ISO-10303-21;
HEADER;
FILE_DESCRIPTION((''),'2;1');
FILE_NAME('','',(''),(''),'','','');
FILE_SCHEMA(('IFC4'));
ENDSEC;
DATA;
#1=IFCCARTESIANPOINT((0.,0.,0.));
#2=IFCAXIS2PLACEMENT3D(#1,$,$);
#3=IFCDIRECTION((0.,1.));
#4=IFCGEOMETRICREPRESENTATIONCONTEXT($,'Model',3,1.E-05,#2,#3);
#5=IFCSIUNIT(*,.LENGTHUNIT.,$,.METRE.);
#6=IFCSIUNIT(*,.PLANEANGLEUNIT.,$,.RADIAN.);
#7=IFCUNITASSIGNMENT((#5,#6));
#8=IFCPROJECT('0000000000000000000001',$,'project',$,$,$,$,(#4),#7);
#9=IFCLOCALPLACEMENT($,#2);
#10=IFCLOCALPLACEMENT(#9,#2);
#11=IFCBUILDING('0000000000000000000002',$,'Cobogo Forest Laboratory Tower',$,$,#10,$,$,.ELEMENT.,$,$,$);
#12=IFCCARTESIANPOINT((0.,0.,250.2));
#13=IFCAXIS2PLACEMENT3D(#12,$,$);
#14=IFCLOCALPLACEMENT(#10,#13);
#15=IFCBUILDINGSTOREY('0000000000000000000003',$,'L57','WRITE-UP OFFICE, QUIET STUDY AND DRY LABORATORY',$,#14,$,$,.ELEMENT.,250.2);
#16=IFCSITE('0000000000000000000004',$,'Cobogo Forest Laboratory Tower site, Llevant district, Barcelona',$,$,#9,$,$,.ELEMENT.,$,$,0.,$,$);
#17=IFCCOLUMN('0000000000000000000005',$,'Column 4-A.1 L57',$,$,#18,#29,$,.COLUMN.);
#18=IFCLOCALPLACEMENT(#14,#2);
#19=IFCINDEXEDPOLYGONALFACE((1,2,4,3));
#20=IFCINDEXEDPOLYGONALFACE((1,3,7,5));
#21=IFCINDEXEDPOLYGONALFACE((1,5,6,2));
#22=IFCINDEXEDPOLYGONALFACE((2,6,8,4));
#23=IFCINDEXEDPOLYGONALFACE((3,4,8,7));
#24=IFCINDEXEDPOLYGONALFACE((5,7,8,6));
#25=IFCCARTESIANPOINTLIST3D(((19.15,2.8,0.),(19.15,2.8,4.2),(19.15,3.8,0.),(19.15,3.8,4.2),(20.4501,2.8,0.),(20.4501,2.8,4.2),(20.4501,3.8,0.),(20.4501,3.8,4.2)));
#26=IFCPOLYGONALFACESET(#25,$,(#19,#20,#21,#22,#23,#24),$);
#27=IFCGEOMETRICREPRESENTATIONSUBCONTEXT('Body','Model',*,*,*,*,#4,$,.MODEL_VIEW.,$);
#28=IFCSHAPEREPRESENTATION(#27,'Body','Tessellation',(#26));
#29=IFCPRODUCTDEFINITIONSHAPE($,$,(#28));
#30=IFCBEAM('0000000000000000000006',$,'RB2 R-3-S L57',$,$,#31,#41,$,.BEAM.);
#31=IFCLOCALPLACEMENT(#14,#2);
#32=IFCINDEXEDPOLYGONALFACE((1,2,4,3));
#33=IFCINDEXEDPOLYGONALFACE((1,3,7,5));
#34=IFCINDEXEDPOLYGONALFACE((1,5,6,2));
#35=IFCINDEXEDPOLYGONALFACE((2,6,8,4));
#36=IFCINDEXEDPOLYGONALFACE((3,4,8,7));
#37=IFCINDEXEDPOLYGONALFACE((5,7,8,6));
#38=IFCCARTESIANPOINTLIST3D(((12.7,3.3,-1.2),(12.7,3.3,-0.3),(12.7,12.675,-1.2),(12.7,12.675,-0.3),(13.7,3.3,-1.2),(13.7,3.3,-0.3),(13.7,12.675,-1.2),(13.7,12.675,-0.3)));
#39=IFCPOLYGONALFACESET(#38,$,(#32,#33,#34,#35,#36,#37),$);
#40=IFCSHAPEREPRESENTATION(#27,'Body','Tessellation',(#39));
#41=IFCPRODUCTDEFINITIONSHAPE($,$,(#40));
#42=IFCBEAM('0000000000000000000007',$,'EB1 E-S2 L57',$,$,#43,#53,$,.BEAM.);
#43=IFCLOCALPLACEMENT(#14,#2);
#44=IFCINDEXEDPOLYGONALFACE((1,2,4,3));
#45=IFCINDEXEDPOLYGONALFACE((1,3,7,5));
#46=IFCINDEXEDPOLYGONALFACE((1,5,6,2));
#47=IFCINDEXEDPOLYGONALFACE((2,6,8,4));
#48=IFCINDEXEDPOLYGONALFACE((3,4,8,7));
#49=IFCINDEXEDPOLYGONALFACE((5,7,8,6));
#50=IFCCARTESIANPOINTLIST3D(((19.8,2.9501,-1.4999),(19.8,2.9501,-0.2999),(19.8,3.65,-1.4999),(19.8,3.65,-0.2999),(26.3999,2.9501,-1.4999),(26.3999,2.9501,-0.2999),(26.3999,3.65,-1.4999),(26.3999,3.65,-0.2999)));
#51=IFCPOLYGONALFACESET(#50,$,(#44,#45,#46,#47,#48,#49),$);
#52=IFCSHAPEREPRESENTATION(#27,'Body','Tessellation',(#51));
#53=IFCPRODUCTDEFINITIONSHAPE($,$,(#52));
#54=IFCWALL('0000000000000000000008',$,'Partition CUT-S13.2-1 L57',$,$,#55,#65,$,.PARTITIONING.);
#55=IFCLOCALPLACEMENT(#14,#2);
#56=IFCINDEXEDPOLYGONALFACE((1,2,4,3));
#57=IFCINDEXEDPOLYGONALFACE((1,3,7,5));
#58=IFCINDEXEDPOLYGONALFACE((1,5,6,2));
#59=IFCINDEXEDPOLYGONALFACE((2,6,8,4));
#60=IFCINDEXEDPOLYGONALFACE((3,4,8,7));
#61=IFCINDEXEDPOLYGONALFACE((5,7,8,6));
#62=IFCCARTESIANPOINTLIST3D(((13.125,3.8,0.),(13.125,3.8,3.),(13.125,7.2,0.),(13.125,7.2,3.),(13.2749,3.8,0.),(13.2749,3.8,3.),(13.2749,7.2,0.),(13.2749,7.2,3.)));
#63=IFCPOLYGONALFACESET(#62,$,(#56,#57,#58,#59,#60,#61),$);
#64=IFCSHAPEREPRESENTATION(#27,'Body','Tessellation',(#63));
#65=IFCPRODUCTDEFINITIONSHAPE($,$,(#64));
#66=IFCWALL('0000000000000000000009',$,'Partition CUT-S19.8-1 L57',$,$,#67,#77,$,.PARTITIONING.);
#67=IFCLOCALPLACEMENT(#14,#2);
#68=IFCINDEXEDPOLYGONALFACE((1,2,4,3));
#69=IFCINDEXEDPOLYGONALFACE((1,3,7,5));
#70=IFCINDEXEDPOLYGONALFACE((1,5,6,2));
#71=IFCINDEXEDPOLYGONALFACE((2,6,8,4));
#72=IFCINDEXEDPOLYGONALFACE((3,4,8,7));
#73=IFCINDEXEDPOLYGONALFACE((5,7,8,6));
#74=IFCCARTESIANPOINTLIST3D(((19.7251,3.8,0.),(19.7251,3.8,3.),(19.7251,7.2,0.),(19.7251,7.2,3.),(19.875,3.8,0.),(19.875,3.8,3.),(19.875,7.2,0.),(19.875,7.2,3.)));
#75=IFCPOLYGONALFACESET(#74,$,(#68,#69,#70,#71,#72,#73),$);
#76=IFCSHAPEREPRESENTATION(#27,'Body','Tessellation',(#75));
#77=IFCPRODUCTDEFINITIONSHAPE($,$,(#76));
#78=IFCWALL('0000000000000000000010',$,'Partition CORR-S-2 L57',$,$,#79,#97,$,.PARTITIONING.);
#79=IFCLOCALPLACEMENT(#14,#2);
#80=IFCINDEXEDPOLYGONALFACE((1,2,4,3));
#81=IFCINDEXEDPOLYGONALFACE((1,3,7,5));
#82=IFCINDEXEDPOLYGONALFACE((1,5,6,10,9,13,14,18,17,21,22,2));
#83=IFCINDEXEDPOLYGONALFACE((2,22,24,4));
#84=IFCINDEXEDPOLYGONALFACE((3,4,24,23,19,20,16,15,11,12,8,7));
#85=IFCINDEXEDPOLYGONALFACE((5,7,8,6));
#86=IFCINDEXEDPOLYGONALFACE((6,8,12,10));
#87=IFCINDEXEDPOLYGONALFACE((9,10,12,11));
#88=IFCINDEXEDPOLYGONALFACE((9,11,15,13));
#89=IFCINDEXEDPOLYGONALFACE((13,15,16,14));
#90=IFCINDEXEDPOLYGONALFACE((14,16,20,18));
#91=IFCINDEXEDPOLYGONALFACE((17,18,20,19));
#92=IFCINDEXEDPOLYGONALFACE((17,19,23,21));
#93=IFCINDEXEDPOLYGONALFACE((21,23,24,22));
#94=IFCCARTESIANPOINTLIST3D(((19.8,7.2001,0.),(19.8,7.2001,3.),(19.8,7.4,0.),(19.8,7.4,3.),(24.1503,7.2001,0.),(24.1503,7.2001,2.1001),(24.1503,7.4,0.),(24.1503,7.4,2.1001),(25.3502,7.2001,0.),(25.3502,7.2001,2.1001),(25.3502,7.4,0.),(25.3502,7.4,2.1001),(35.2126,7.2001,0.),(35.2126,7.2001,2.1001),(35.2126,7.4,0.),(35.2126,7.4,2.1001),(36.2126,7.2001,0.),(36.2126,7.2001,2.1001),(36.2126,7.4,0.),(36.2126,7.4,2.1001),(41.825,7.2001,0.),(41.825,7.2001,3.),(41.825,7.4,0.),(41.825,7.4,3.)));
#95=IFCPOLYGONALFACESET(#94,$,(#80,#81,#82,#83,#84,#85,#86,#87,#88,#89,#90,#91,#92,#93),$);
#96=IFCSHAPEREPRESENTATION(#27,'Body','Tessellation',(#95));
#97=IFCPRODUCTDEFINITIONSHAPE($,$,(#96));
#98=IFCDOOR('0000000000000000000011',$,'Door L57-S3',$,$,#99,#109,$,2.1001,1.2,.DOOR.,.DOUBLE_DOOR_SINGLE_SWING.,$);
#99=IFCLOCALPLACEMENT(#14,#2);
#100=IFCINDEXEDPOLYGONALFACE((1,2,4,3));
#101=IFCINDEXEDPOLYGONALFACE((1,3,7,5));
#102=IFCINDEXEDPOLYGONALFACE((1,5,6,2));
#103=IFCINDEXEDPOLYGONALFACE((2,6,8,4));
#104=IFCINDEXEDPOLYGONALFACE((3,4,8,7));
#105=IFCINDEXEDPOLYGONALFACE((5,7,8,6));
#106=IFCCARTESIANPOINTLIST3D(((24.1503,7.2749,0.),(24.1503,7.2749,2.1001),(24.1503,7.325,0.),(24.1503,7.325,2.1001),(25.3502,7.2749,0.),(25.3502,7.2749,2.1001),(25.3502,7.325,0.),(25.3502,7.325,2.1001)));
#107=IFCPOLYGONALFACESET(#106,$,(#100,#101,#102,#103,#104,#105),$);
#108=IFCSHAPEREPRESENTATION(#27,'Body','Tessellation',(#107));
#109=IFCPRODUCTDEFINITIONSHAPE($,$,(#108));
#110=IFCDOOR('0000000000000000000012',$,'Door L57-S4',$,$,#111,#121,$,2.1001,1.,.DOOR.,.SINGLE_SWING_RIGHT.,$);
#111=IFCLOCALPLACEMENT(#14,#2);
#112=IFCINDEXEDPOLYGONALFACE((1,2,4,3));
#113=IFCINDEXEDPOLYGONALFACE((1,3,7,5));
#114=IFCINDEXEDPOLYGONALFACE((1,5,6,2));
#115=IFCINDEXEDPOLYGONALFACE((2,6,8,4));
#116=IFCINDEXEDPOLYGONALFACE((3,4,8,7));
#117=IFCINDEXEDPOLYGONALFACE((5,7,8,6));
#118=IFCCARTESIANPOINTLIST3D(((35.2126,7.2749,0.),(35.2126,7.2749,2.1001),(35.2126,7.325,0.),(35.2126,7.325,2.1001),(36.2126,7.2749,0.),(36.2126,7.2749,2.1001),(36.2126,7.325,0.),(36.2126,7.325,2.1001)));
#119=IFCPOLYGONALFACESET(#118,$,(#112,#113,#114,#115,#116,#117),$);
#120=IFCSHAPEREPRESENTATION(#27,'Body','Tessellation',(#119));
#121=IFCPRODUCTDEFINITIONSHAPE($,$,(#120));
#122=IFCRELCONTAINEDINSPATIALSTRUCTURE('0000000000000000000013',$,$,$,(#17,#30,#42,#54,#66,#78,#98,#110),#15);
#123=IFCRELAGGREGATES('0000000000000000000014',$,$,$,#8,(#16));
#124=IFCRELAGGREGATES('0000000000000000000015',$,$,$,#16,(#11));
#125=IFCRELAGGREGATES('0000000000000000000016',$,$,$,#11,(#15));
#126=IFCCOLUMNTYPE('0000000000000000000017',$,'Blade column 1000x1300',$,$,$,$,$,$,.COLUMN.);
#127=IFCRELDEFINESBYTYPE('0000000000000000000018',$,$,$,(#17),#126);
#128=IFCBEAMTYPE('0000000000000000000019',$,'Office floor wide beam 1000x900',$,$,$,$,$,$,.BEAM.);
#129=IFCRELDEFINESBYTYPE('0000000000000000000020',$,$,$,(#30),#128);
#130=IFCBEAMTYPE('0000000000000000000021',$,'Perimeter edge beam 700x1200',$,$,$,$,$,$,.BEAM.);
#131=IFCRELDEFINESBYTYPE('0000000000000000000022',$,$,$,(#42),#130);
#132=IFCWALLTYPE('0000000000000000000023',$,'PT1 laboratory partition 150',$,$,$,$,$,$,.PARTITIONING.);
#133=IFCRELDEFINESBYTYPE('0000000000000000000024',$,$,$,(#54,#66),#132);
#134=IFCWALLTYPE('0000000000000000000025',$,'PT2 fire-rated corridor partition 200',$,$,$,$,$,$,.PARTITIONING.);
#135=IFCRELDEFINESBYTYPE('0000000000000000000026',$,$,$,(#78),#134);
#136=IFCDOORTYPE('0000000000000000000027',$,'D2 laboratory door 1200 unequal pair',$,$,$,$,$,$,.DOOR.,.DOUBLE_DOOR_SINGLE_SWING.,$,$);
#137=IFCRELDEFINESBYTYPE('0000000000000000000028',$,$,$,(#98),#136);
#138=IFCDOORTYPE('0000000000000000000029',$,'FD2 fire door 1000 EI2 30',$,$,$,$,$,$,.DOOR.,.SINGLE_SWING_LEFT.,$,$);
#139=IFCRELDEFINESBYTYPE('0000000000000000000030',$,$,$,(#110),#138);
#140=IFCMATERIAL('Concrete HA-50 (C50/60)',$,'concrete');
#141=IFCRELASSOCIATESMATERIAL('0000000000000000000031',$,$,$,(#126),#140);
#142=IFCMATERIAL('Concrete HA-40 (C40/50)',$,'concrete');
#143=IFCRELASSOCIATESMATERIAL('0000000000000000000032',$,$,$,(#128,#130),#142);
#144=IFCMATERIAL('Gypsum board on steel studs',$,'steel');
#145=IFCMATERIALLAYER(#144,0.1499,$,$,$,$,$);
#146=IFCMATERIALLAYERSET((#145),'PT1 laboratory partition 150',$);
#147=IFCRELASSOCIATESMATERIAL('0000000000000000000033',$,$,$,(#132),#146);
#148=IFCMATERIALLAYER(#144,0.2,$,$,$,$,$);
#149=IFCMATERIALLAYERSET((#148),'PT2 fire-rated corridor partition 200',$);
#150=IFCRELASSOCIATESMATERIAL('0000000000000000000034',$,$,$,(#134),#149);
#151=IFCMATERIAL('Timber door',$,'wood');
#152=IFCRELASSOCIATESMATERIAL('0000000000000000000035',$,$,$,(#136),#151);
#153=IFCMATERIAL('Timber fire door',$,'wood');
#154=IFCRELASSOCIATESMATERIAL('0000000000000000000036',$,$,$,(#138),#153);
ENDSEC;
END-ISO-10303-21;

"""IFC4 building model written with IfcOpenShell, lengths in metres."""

from ifc_helpers import new_model, si_unit, direction, frame, frame_2d, origin, origin_2d, place, context, subcontext, project, spatial, rectangle, extrude, material, layer, layer_set, material_profile, profile_set, type_object, element, fill, save


model = new_model("IFC4")

# Units and contexts
model_context = context("Model", 3, precision=1e-05, world=origin(), true_north=direction((0.0, 1.0)))
body_context = subcontext(model_context, "Body", "Model", "MODEL_VIEW")
ifc_project = project(units=[si_unit("LENGTHUNIT", "METRE"), si_unit("PLANEANGLEUNIT", "RADIAN")], contexts=[model_context])

# Site, building, storey
site_placement = place(None, origin())
site = spatial("IfcSite", under=ifc_project, at=site_placement, Name="Cobogo Forest Laboratory Tower site, Llevant district, Barcelona", CompositionType="ELEMENT", RefElevation=0.0)
building_placement = place(site_placement, origin())
building = spatial("IfcBuilding", under=site, at=building_placement, Name="Cobogo Forest Laboratory Tower", CompositionType="ELEMENT")
storey_placement = place(building_placement, frame((0.0, 0.0, 250.2)))
storey = spatial("IfcBuildingStorey", under=building, at=storey_placement, Name="L57", Description="WRITE-UP OFFICE, QUIET STUDY AND DRY LABORATORY", CompositionType="ELEMENT", Elevation=250.2)

# Column
ifc_material_1 = material(Name="Concrete HA-50 (C50/60)", Category="concrete")
ifc_material_profile_1 = material_profile(ifc_material_1, rectangle(XDim=1.3, YDim=1.0, at=origin_2d()), Name="RC 1000x1300")
ifc_profile_set_1 = profile_set([ifc_material_profile_1], Name="Concrete HA-50 (C50/60)")
column_type = type_object("IfcColumnType", Name="Blade column 1000x1300", PredefinedType="COLUMN", material=ifc_profile_set_1)
column_placement = place(storey_placement, frame((19.8, 3.3, 0.0), z_axis=(0.0, 0.0, 1.0), x_axis=(1.0, 0.0, 0.0)))
element("IfcColumn", 1, at=column_placement, inside=storey, type_object=column_type, Name="Column 4-A.1 L57", PredefinedType="COLUMN", context=body_context, shape_type="SweptSolid", body=[
    extrude(rectangle(XDim=1.3, YDim=1.0, at=origin_2d()), origin(), (0.0, 0.0, 1.0), 4.2),
])

# Beams
ifc_material_2 = material(Name="Concrete HA-40 (C40/50)", Category="concrete")
ifc_material_profile_2 = material_profile(ifc_material_2, rectangle(XDim=1.0, YDim=0.8999, at=origin_2d()), Name="RC 1000x900")
ifc_profile_set_2 = profile_set([ifc_material_profile_2], Name="Concrete HA-40 (C40/50)")
beam_type_1 = type_object("IfcBeamType", Name="Office floor wide beam 1000x900", PredefinedType="BEAM", material=ifc_profile_set_2)
beam_1_placement = place(storey_placement, frame((13.2, 12.675, -0.75), z_axis=(0.0, -1.0, 0.0), x_axis=(1.0, 0.0, 0.0)))
element("IfcBeam", 2, at=beam_1_placement, inside=storey, type_object=beam_type_1, Name="RB2 R-3-S L57", PredefinedType="BEAM", context=body_context, shape_type="SweptSolid", body=[
    extrude(rectangle(XDim=1.0, YDim=0.8999, at=origin_2d()), origin(), (0.0, 0.0, 1.0), 9.375),
])
ifc_material_profile_3 = material_profile(ifc_material_2, rectangle(XDim=0.7, YDim=1.2, at=origin_2d()), Name="RC 700x1200")
ifc_profile_set_3 = profile_set([ifc_material_profile_3], Name="Concrete HA-40 (C40/50)")
beam_type_2 = type_object("IfcBeamType", Name="Perimeter edge beam 700x1200", PredefinedType="BEAM", material=ifc_profile_set_3)
beam_2_placement = place(storey_placement, frame((19.8, 3.3, -0.8999), z_axis=(1.0, 0.0, 0.0), x_axis=(0.0, 1.0, 0.0)))
element("IfcBeam", 3, at=beam_2_placement, inside=storey, type_object=beam_type_2, Name="EB1 E-S2 L57", PredefinedType="BEAM", context=body_context, shape_type="SweptSolid", body=[
    extrude(rectangle(XDim=0.7, YDim=1.2, at=origin_2d()), origin(), (0.0, 0.0, 1.0), 6.5999),
])

# Walls
ifc_material_3 = material(Name="Gypsum board on steel studs", Category="steel")
ifc_layer_1 = layer(ifc_material_3, 0.1499)
ifc_layer_set_1 = layer_set([ifc_layer_1], Name="PT1 laboratory partition 150")
wall_type_1 = type_object("IfcWallType", Name="PT1 laboratory partition 150", PredefinedType="PARTITIONING", material=ifc_layer_set_1)
for number, where, z_axis, x_axis, name in (
    (4, (13.2, 3.8, 0.0), (0.0, 0.0, 1.0), (0.0, 1.0, 0.0), "Partition CUT-S13.2-1 L57"),
    (5, (19.8, 3.8, 0.0), (0.0, 0.0, 1.0), (0.0, 1.0, 0.0), "Partition CUT-S19.8-1 L57"),
):
    element("IfcWall", number, at=place(storey_placement, frame(where, z_axis=z_axis, x_axis=x_axis)), inside=storey, type_object=wall_type_1, Name=name, PredefinedType="PARTITIONING", context=body_context, shape_type="SweptSolid", body=[
        extrude(rectangle(XDim=3.3999, YDim=0.1499, at=frame_2d((1.7, 0.0))), origin(), (0.0, 0.0, 1.0), 3.0),
    ])

# Wall, openings, doors
ifc_layer_2 = layer(ifc_material_3, 0.2)
ifc_layer_set_2 = layer_set([ifc_layer_2], Name="PT2 fire-rated corridor partition 200")
wall_type_2 = type_object("IfcWallType", Name="PT2 fire-rated corridor partition 200", PredefinedType="PARTITIONING", material=ifc_layer_set_2)
wall_placement = place(storey_placement, frame((19.8, 7.3, 0.0), z_axis=(0.0, 0.0, 1.0), x_axis=(1.0, 0.0, 0.0)))
wall = element("IfcWall", 6, at=wall_placement, inside=storey, type_object=wall_type_2, Name="Partition CORR-S-2 L57", PredefinedType="PARTITIONING", context=body_context, shape_type="SweptSolid", body=[
    extrude(rectangle(XDim=22.0249, YDim=0.2, at=frame_2d((11.0125, 0.0))), origin(), (0.0, 0.0, 1.0), 3.0),
])
opening_1_placement = place(wall_placement, frame((4.3501, 0.0, 0.0)))
opening_1 = element("IfcOpeningElement", 7, at=opening_1_placement, cuts=wall, PredefinedType="OPENING", context=body_context, shape_type="SweptSolid", body=[
    extrude(rectangle(XDim=1.2, YDim=2.1001, at=frame_2d((0.6001, 1.05))), frame((0.0, 0.1099, 0.0), z_axis=(0.0, -1.0, 0.0), x_axis=(1.0, 0.0, 0.0)), (0.0, 0.0, 1.0), 0.22),
])
opening_2_placement = place(wall_placement, frame((15.4126, 0.0, 0.0)))
opening_2 = element("IfcOpeningElement", 8, at=opening_2_placement, cuts=wall, PredefinedType="OPENING", context=body_context, shape_type="SweptSolid", body=[
    extrude(rectangle(XDim=1.0, YDim=2.1001, at=frame_2d((0.5, 1.05))), frame((0.0, 0.1099, 0.0), z_axis=(0.0, -1.0, 0.0), x_axis=(1.0, 0.0, 0.0)), (0.0, 0.0, 1.0), 0.22),
])
ifc_material_4 = material(Name="Timber door", Category="wood")
door_type_1 = type_object("IfcDoorType", Name="D2 laboratory door 1200 unequal pair", OperationType="DOUBLE_DOOR_SINGLE_SWING", PredefinedType="DOOR", material=ifc_material_4)
door_1_placement = place(opening_1_placement, origin())
door_1 = element("IfcDoor", 9, at=door_1_placement, inside=storey, type_object=door_type_1, Name="Door L57-S3", OperationType="DOUBLE_DOOR_SINGLE_SWING", OverallHeight=2.1001, OverallWidth=1.2, PredefinedType="DOOR", context=body_context, shape_type="SweptSolid", body=[
    extrude(rectangle(XDim=1.2, YDim=2.1001, at=frame_2d((0.6001, 1.05))), frame((0.0, 0.0249, 0.0), z_axis=(0.0, -1.0, 0.0), x_axis=(1.0, 0.0, 0.0)), (0.0, 0.0, 1.0), 0.05),
])
fill(opening_1, door_1)
ifc_material_5 = material(Name="Timber fire door", Category="wood")
door_type_2 = type_object("IfcDoorType", Name="FD2 fire door 1000 EI2 30", OperationType="SINGLE_SWING_LEFT", PredefinedType="DOOR", material=ifc_material_5)
door_2_placement = place(opening_2_placement, origin())
door_2 = element("IfcDoor", 10, at=door_2_placement, inside=storey, type_object=door_type_2, Name="Door L57-S4", OperationType="SINGLE_SWING_RIGHT", OverallHeight=2.1001, OverallWidth=1.0, PredefinedType="DOOR", context=body_context, shape_type="SweptSolid", body=[
    extrude(rectangle(XDim=1.0, YDim=2.1001, at=frame_2d((0.5, 1.05))), frame((0.0, 0.0249, 0.0), z_axis=(0.0, -1.0, 0.0), x_axis=(1.0, 0.0, 0.0)), (0.0, 0.0, 1.0), 0.05),
])
fill(opening_2, door_2)

save(model, "model.ifc")
